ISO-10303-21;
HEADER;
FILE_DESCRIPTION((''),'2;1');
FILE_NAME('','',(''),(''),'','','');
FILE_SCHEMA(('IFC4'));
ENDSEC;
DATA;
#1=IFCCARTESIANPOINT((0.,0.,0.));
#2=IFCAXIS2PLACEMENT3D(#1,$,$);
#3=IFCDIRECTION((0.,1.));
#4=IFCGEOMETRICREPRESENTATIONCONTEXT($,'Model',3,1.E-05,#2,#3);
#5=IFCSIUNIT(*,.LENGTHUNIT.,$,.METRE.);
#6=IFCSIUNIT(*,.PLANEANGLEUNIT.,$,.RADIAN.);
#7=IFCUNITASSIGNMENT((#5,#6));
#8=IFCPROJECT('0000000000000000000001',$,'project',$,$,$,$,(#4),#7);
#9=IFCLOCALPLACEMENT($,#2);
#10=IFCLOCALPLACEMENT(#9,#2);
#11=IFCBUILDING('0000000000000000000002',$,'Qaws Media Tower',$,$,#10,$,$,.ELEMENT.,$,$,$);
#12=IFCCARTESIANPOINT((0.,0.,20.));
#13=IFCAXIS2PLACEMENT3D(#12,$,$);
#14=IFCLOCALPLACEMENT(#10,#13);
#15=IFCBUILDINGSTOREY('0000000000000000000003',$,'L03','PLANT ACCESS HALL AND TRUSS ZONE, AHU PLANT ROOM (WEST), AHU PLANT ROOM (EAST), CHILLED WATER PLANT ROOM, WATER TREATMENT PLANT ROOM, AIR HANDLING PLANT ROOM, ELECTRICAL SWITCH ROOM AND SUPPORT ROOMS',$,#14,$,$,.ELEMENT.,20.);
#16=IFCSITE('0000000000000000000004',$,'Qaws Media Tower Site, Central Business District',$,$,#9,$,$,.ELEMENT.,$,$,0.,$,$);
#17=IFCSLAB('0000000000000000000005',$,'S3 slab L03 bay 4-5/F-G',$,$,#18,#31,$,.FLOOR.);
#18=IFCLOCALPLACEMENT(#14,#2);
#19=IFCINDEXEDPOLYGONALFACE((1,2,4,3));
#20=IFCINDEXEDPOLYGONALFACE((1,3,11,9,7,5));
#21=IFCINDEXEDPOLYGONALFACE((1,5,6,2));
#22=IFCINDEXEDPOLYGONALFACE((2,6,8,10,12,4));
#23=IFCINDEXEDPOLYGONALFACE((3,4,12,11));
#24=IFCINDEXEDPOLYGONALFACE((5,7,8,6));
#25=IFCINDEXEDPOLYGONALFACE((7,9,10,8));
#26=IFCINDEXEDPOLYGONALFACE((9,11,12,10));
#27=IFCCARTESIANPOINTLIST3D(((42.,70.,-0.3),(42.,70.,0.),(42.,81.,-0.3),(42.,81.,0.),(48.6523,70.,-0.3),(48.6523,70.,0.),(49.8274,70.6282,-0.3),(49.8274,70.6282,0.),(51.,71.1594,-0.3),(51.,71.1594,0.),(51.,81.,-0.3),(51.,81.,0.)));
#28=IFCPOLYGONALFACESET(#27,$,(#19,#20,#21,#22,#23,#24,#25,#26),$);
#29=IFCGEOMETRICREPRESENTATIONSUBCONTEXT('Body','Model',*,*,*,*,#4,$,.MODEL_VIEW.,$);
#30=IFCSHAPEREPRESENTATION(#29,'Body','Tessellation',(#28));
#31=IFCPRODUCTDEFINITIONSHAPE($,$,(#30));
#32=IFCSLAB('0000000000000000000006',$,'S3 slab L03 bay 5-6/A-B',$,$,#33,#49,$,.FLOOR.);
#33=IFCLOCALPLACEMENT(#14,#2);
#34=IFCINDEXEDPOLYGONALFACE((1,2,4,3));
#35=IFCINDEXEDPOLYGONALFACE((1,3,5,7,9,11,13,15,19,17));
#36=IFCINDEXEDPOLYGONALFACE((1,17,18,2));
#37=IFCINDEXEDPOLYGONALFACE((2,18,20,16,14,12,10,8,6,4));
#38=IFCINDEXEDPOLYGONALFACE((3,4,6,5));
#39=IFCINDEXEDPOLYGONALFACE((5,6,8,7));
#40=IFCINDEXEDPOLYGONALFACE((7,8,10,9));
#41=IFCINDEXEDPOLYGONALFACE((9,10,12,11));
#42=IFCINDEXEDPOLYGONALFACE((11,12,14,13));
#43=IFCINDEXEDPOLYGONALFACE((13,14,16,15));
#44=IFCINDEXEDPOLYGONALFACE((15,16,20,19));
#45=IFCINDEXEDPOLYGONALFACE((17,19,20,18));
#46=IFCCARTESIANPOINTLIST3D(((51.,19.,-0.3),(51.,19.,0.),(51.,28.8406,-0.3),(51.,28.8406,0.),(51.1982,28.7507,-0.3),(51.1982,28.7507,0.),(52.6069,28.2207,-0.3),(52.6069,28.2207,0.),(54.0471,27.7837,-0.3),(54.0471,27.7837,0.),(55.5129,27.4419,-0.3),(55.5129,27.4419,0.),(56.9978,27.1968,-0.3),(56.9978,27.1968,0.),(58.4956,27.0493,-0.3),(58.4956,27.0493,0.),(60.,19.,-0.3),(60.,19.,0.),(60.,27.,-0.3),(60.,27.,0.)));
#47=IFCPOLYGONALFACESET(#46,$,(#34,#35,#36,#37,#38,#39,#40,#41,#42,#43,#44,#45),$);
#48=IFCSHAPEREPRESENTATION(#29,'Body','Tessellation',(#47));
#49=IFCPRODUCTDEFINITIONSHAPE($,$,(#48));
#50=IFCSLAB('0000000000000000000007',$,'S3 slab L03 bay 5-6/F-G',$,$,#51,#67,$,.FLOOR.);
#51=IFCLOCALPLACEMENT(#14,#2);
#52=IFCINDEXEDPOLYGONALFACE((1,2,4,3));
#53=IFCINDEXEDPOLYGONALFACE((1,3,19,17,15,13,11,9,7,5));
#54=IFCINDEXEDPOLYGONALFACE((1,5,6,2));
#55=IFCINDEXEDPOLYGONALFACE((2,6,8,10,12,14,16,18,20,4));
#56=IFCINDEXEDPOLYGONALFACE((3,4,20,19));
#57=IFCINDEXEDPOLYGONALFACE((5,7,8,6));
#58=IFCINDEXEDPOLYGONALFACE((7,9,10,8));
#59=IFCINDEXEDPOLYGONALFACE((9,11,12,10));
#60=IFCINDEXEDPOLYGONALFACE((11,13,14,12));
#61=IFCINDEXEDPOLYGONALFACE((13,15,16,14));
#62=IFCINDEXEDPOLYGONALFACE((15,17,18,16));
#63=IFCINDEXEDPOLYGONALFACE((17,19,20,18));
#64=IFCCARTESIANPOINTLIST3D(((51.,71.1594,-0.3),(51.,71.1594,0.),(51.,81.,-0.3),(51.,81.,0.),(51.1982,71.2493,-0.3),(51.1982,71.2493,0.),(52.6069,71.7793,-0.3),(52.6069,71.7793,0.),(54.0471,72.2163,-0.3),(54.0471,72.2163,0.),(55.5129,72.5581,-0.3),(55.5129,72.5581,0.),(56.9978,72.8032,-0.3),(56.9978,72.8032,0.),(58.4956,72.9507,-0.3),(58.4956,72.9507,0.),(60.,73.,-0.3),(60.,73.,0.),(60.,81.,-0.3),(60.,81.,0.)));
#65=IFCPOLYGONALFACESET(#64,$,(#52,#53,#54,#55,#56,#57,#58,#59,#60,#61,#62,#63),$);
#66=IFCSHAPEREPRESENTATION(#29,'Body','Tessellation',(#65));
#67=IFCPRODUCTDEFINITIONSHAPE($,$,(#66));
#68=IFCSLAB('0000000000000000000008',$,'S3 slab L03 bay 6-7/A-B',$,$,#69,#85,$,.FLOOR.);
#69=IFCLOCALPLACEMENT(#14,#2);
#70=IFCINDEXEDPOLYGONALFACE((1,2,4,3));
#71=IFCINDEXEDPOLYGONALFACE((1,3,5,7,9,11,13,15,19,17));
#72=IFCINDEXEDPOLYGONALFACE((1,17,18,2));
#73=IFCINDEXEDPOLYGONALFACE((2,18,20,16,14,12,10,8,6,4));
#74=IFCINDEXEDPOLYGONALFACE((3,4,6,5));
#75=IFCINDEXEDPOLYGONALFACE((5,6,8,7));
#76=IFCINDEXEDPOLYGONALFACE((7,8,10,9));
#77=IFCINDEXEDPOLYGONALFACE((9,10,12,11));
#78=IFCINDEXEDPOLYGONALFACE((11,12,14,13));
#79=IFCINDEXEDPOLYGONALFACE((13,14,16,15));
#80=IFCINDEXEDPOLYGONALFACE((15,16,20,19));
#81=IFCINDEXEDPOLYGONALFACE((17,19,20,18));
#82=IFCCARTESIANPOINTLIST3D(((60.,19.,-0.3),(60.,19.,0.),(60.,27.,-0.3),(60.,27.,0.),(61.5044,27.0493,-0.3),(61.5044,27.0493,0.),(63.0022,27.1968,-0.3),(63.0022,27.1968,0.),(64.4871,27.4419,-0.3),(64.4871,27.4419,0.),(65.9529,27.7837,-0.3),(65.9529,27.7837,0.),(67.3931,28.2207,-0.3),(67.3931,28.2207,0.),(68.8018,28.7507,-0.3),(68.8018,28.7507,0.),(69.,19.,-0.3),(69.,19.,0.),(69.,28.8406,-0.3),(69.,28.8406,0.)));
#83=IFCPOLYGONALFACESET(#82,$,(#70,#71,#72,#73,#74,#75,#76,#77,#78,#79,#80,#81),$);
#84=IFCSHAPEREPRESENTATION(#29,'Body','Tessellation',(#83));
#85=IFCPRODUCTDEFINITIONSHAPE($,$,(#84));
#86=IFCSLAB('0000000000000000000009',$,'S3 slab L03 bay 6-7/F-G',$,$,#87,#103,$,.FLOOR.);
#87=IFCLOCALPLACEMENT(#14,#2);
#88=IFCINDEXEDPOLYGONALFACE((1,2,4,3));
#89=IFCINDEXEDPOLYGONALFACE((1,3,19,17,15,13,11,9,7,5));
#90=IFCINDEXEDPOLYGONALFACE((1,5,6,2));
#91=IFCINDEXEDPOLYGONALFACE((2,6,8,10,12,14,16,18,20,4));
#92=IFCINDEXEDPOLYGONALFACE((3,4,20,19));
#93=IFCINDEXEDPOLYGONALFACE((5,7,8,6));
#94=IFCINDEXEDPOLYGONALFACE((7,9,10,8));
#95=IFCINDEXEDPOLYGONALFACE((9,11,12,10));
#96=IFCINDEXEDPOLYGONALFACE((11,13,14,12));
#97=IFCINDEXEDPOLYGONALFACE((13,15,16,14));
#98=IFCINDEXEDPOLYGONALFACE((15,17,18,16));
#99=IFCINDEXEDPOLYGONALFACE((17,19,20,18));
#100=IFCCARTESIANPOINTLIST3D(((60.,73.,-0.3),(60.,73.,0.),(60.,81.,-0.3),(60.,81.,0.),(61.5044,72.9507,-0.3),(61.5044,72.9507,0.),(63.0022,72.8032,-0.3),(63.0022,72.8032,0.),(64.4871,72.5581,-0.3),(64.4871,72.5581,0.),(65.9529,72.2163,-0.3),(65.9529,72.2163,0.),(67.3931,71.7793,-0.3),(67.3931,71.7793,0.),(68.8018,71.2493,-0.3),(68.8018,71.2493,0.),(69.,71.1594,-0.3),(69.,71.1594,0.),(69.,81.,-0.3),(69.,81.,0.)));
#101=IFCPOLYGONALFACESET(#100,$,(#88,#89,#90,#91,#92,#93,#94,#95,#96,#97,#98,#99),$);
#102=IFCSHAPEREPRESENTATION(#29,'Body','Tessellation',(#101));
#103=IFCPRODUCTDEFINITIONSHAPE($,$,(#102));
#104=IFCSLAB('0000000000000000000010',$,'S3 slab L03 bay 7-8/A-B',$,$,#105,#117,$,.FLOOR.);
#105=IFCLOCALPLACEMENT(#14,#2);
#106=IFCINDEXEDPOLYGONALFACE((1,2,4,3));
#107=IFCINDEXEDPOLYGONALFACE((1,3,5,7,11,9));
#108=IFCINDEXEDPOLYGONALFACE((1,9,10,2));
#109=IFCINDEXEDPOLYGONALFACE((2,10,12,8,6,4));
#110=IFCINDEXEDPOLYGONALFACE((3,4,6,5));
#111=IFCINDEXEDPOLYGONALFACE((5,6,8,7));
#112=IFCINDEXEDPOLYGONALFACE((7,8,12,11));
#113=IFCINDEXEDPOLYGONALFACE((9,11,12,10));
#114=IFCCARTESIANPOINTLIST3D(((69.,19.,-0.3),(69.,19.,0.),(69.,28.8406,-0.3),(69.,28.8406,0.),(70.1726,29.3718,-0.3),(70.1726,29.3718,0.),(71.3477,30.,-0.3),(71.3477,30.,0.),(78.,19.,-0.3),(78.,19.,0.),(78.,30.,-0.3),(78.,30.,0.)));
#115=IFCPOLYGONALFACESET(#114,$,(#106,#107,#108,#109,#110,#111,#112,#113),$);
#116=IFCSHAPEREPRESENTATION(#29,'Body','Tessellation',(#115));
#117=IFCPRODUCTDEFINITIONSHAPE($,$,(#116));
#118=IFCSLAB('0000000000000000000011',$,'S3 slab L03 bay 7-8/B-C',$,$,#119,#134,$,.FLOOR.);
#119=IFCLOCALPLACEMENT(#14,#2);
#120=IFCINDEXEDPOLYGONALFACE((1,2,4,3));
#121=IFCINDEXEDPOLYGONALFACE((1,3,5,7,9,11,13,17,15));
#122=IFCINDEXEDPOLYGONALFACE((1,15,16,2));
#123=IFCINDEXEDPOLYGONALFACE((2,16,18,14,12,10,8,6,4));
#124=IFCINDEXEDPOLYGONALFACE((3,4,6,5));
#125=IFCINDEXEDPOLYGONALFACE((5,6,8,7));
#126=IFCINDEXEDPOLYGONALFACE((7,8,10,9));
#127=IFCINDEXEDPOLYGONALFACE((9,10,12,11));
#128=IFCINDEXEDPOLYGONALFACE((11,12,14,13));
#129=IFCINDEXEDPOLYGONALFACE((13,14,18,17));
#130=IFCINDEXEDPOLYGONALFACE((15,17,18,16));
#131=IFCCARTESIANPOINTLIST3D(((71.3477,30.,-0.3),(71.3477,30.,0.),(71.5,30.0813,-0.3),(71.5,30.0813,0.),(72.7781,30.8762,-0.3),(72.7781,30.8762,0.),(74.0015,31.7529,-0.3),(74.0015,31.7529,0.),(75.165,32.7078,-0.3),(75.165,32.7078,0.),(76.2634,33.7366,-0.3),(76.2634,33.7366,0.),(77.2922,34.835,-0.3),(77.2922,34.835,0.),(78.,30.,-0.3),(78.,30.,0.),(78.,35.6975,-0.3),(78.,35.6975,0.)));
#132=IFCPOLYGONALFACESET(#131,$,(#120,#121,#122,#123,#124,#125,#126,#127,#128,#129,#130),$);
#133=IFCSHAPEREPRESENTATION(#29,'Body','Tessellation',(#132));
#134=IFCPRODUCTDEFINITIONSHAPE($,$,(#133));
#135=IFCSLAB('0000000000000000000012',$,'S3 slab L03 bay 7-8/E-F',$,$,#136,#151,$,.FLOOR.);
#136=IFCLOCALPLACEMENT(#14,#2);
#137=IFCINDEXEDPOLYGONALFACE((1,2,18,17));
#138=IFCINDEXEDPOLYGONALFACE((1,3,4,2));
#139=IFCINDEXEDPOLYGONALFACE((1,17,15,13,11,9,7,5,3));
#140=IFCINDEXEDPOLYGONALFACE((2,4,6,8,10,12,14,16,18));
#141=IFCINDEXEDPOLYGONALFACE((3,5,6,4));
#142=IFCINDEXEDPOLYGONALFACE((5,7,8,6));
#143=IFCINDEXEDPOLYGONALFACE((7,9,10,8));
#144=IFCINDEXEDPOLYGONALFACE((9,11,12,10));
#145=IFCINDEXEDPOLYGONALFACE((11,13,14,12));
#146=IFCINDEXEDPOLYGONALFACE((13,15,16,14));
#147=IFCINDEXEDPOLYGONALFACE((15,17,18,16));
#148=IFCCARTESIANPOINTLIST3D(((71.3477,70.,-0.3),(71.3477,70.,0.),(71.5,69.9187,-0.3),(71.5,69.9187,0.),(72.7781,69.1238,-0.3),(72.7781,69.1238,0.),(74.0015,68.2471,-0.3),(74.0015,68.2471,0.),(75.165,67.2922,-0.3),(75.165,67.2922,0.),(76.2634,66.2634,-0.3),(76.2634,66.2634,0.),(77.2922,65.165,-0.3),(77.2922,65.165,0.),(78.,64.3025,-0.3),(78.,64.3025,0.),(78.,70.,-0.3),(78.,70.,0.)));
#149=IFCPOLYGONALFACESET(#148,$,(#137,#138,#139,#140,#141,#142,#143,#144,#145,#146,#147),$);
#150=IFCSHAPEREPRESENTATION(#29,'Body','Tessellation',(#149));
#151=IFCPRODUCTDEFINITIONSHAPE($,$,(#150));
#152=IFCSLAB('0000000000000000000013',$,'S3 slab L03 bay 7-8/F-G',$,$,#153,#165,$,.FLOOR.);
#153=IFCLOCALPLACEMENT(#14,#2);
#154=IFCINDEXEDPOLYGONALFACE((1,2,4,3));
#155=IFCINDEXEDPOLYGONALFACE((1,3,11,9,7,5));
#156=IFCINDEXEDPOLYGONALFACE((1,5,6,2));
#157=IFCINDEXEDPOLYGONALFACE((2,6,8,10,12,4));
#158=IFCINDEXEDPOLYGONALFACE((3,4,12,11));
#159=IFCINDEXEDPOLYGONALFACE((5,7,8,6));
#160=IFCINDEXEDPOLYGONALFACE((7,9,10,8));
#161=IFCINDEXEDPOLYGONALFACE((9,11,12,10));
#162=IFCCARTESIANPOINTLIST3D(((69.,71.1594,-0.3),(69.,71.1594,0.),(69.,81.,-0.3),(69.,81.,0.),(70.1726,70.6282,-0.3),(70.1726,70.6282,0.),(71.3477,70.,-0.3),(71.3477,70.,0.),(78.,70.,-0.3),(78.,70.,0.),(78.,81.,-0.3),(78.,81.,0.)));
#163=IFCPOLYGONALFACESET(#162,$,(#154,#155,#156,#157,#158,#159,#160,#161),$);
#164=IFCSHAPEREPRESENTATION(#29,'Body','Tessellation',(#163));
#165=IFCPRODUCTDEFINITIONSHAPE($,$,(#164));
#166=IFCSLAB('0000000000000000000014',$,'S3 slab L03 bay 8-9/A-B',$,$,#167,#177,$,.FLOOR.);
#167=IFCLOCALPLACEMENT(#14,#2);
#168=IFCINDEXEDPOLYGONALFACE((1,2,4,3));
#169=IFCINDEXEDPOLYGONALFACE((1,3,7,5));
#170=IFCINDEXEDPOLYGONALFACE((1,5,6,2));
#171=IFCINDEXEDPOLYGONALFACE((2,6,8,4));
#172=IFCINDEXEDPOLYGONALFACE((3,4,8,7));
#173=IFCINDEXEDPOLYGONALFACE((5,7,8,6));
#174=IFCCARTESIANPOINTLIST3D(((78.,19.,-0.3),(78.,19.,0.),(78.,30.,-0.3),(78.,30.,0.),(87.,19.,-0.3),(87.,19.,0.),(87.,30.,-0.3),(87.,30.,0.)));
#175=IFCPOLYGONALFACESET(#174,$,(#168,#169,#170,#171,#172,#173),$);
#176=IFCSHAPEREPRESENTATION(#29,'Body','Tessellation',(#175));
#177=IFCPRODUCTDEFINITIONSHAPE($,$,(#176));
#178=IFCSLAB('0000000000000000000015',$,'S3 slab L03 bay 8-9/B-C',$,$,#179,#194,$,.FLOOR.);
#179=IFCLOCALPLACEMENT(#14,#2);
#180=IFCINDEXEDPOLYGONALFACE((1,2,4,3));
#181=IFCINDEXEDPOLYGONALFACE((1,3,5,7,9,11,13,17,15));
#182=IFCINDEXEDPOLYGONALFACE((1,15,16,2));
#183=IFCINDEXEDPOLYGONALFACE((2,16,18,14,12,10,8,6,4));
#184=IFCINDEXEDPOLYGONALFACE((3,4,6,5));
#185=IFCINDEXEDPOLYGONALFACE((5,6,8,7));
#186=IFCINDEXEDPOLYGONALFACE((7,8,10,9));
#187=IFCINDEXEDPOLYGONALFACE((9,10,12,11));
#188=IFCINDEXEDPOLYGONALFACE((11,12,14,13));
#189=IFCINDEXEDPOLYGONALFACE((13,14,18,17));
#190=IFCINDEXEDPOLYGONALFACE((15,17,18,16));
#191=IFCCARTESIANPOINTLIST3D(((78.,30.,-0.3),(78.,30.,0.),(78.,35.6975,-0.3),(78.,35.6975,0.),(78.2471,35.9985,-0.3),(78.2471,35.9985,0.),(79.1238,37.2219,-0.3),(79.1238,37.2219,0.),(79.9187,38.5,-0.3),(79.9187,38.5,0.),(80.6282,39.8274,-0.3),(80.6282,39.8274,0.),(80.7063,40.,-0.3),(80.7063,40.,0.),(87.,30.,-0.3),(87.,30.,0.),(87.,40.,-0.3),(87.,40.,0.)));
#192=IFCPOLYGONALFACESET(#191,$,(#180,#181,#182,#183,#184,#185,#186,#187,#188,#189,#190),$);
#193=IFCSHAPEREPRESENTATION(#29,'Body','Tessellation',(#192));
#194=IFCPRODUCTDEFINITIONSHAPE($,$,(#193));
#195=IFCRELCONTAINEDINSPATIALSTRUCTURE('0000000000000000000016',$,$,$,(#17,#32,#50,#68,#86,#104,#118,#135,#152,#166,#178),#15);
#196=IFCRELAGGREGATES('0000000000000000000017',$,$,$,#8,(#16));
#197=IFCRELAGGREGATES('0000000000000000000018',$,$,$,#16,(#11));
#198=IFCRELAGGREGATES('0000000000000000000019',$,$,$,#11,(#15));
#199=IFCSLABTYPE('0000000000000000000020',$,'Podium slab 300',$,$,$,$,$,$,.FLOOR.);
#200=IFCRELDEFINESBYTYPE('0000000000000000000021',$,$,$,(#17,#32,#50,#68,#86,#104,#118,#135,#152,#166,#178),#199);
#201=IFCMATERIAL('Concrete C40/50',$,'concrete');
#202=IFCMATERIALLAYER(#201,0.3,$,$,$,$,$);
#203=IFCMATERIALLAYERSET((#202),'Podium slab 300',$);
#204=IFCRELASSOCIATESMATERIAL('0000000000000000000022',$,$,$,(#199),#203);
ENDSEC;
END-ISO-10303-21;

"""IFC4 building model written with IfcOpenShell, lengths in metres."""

from ifc_helpers import new_model, si_unit, direction, frame, origin, place, context, subcontext, project, spatial, polyline, outline, extrude, material, layer, layer_set, type_object, element, save


model = new_model("IFC4")

# Units and contexts
model_context = context("Model", 3, precision=1e-05, world=origin(), true_north=direction((0.0, 1.0)))
body_context = subcontext(model_context, "Body", "Model", "MODEL_VIEW")
ifc_project = project(units=[si_unit("LENGTHUNIT", "METRE"), si_unit("PLANEANGLEUNIT", "RADIAN")], contexts=[model_context])

# Site, building, storey
site_placement = place(None, origin())
site = spatial("IfcSite", under=ifc_project, at=site_placement, Name="Qaws Media Tower Site, Central Business District", CompositionType="ELEMENT", RefElevation=0.0)
building_placement = place(site_placement, origin())
building = spatial("IfcBuilding", under=site, at=building_placement, Name="Qaws Media Tower", CompositionType="ELEMENT")
storey_placement = place(building_placement, frame((0.0, 0.0, 20.0)))
storey = spatial("IfcBuildingStorey", under=building, at=storey_placement, Name="L03", Description="PLANT ACCESS HALL AND TRUSS ZONE, AHU PLANT ROOM (WEST), AHU PLANT ROOM (EAST), CHILLED WATER PLANT ROOM, WATER TREATMENT PLANT ROOM, AIR HANDLING PLANT ROOM, ELECTRICAL SWITCH ROOM AND SUPPORT ROOMS", CompositionType="ELEMENT", Elevation=20.0)

# Slabs
ifc_material = material(Name="Concrete C40/50", Category="concrete")
ifc_layer = layer(ifc_material, 0.3)
ifc_layer_set = layer_set([ifc_layer], Name="Podium slab 300")
slab_type = type_object("IfcSlabType", Name="Podium slab 300", PredefinedType="FLOOR", material=ifc_layer_set)
slab_1_placement = place(storey_placement, frame((0.0, 0.0, -0.3)))
element("IfcSlab", 1, at=slab_1_placement, inside=storey, type_object=slab_type, Name="S3 slab L03 bay 4-5/F-G", PredefinedType="FLOOR", context=body_context, shape_type="SweptSolid", body=[
    extrude(outline(polyline([(51.0, 81.0), (51.0, 71.1594), (49.8274, 70.6282), (48.6523, 70.0), (42.0, 70.0), (42.0, 81.0), (51.0, 81.0)])), origin(), (0.0, 0.0, 1.0), 0.3),
])
slab_2_placement = place(storey_placement, frame((0.0, 0.0, -0.3)))
element("IfcSlab", 2, at=slab_2_placement, inside=storey, type_object=slab_type, Name="S3 slab L03 bay 5-6/A-B", PredefinedType="FLOOR", context=body_context, shape_type="SweptSolid", body=[
    extrude(outline(polyline([(51.0, 19.0), (51.0, 28.8406), (51.1982, 28.7507), (52.6069, 28.2207), (54.0471, 27.7837), (55.5129, 27.4419), (56.9978, 27.1968), (58.4956, 27.0493), (60.0, 27.0), (60.0, 19.0), (51.0, 19.0)])), origin(), (0.0, 0.0, 1.0), 0.3),
])
slab_3_placement = place(storey_placement, frame((0.0, 0.0, -0.3)))
element("IfcSlab", 3, at=slab_3_placement, inside=storey, type_object=slab_type, Name="S3 slab L03 bay 5-6/F-G", PredefinedType="FLOOR", context=body_context, shape_type="SweptSolid", body=[
    extrude(outline(polyline([(60.0, 81.0), (60.0, 73.0), (58.4956, 72.9507), (56.9978, 72.8032), (55.5129, 72.5581), (54.0471, 72.2163), (52.6069, 71.7793), (51.1982, 71.2493), (51.0, 71.1594), (51.0, 81.0), (60.0, 81.0)])), origin(), (0.0, 0.0, 1.0), 0.3),
])
slab_4_placement = place(storey_placement, frame((0.0, 0.0, -0.3)))
element("IfcSlab", 4, at=slab_4_placement, inside=storey, type_object=slab_type, Name="S3 slab L03 bay 6-7/A-B", PredefinedType="FLOOR", context=body_context, shape_type="SweptSolid", body=[
    extrude(outline(polyline([(60.0, 19.0), (60.0, 27.0), (61.5044, 27.0493), (63.0022, 27.1968), (64.4871, 27.4419), (65.9529, 27.7837), (67.3931, 28.2207), (68.8018, 28.7507), (69.0, 28.8406), (69.0, 19.0), (60.0, 19.0)])), origin(), (0.0, 0.0, 1.0), 0.3),
])
slab_5_placement = place(storey_placement, frame((0.0, 0.0, -0.3)))
element("IfcSlab", 5, at=slab_5_placement, inside=storey, type_object=slab_type, Name="S3 slab L03 bay 6-7/F-G", PredefinedType="FLOOR", context=body_context, shape_type="SweptSolid", body=[
    extrude(outline(polyline([(69.0, 81.0), (69.0, 71.1594), (68.8018, 71.2493), (67.3931, 71.7793), (65.9529, 72.2163), (64.4871, 72.5581), (63.0022, 72.8032), (61.5044, 72.9507), (60.0, 73.0), (60.0, 81.0), (69.0, 81.0)])), origin(), (0.0, 0.0, 1.0), 0.3),
])
slab_6_placement = place(storey_placement, frame((0.0, 0.0, -0.3)))
element("IfcSlab", 6, at=slab_6_placement, inside=storey, type_object=slab_type, Name="S3 slab L03 bay 7-8/A-B", PredefinedType="FLOOR", context=body_context, shape_type="SweptSolid", body=[
    extrude(outline(polyline([(69.0, 19.0), (69.0, 28.8406), (70.1726, 29.3718), (71.3477, 30.0), (78.0, 30.0), (78.0, 19.0), (69.0, 19.0)])), origin(), (0.0, 0.0, 1.0), 0.3),
])
slab_7_placement = place(storey_placement, frame((0.0, 0.0, -0.3)))
element("IfcSlab", 7, at=slab_7_placement, inside=storey, type_object=slab_type, Name="S3 slab L03 bay 7-8/B-C", PredefinedType="FLOOR", context=body_context, shape_type="SweptSolid", body=[
    extrude(outline(polyline([(71.5, 30.0813), (72.7781, 30.8762), (74.0015, 31.7529), (75.165, 32.7078), (76.2634, 33.7366), (77.2922, 34.835), (78.0, 35.6975), (78.0, 30.0), (71.3477, 30.0), (71.5, 30.0813)])), origin(), (0.0, 0.0, 1.0), 0.3),
])
slab_8_placement = place(storey_placement, frame((0.0, 0.0, -0.3)))
element("IfcSlab", 8, at=slab_8_placement, inside=storey, type_object=slab_type, Name="S3 slab L03 bay 7-8/E-F", PredefinedType="FLOOR", context=body_context, shape_type="SweptSolid", body=[
    extrude(outline(polyline([(77.2922, 65.165), (76.2634, 66.2634), (75.165, 67.2922), (74.0015, 68.2471), (72.7781, 69.1238), (71.5, 69.9187), (71.3477, 70.0), (78.0, 70.0), (78.0, 64.3025), (77.2922, 65.165)])), origin(), (0.0, 0.0, 1.0), 0.3),
])
slab_9_placement = place(storey_placement, frame((0.0, 0.0, -0.3)))
element("IfcSlab", 9, at=slab_9_placement, inside=storey, type_object=slab_type, Name="S3 slab L03 bay 7-8/F-G", PredefinedType="FLOOR", context=body_context, shape_type="SweptSolid", body=[
    extrude(outline(polyline([(78.0, 81.0), (78.0, 70.0), (71.3477, 70.0), (70.1726, 70.6282), (69.0, 71.1594), (69.0, 81.0), (78.0, 81.0)])), origin(), (0.0, 0.0, 1.0), 0.3),
])
slab_10_placement = place(storey_placement, frame((0.0, 0.0, -0.3)))
element("IfcSlab", 10, at=slab_10_placement, inside=storey, type_object=slab_type, Name="S3 slab L03 bay 8-9/A-B", PredefinedType="FLOOR", context=body_context, shape_type="SweptSolid", body=[
    extrude(outline(polyline([(78.0, 19.0), (78.0, 30.0), (87.0, 30.0), (87.0, 19.0), (78.0, 19.0)])), origin(), (0.0, 0.0, 1.0), 0.3),
])
slab_11_placement = place(storey_placement, frame((0.0, 0.0, -0.3)))
element("IfcSlab", 11, at=slab_11_placement, inside=storey, type_object=slab_type, Name="S3 slab L03 bay 8-9/B-C", PredefinedType="FLOOR", context=body_context, shape_type="SweptSolid", body=[
    extrude(outline(polyline([(78.2471, 35.9985), (79.1238, 37.2219), (79.9187, 38.5), (80.6282, 39.8274), (80.7063, 40.0), (87.0, 40.0), (87.0, 30.0), (78.0, 30.0), (78.0, 35.6975), (78.2471, 35.9985)])), origin(), (0.0, 0.0, 1.0), 0.3),
])

save(model, "model.ifc")
